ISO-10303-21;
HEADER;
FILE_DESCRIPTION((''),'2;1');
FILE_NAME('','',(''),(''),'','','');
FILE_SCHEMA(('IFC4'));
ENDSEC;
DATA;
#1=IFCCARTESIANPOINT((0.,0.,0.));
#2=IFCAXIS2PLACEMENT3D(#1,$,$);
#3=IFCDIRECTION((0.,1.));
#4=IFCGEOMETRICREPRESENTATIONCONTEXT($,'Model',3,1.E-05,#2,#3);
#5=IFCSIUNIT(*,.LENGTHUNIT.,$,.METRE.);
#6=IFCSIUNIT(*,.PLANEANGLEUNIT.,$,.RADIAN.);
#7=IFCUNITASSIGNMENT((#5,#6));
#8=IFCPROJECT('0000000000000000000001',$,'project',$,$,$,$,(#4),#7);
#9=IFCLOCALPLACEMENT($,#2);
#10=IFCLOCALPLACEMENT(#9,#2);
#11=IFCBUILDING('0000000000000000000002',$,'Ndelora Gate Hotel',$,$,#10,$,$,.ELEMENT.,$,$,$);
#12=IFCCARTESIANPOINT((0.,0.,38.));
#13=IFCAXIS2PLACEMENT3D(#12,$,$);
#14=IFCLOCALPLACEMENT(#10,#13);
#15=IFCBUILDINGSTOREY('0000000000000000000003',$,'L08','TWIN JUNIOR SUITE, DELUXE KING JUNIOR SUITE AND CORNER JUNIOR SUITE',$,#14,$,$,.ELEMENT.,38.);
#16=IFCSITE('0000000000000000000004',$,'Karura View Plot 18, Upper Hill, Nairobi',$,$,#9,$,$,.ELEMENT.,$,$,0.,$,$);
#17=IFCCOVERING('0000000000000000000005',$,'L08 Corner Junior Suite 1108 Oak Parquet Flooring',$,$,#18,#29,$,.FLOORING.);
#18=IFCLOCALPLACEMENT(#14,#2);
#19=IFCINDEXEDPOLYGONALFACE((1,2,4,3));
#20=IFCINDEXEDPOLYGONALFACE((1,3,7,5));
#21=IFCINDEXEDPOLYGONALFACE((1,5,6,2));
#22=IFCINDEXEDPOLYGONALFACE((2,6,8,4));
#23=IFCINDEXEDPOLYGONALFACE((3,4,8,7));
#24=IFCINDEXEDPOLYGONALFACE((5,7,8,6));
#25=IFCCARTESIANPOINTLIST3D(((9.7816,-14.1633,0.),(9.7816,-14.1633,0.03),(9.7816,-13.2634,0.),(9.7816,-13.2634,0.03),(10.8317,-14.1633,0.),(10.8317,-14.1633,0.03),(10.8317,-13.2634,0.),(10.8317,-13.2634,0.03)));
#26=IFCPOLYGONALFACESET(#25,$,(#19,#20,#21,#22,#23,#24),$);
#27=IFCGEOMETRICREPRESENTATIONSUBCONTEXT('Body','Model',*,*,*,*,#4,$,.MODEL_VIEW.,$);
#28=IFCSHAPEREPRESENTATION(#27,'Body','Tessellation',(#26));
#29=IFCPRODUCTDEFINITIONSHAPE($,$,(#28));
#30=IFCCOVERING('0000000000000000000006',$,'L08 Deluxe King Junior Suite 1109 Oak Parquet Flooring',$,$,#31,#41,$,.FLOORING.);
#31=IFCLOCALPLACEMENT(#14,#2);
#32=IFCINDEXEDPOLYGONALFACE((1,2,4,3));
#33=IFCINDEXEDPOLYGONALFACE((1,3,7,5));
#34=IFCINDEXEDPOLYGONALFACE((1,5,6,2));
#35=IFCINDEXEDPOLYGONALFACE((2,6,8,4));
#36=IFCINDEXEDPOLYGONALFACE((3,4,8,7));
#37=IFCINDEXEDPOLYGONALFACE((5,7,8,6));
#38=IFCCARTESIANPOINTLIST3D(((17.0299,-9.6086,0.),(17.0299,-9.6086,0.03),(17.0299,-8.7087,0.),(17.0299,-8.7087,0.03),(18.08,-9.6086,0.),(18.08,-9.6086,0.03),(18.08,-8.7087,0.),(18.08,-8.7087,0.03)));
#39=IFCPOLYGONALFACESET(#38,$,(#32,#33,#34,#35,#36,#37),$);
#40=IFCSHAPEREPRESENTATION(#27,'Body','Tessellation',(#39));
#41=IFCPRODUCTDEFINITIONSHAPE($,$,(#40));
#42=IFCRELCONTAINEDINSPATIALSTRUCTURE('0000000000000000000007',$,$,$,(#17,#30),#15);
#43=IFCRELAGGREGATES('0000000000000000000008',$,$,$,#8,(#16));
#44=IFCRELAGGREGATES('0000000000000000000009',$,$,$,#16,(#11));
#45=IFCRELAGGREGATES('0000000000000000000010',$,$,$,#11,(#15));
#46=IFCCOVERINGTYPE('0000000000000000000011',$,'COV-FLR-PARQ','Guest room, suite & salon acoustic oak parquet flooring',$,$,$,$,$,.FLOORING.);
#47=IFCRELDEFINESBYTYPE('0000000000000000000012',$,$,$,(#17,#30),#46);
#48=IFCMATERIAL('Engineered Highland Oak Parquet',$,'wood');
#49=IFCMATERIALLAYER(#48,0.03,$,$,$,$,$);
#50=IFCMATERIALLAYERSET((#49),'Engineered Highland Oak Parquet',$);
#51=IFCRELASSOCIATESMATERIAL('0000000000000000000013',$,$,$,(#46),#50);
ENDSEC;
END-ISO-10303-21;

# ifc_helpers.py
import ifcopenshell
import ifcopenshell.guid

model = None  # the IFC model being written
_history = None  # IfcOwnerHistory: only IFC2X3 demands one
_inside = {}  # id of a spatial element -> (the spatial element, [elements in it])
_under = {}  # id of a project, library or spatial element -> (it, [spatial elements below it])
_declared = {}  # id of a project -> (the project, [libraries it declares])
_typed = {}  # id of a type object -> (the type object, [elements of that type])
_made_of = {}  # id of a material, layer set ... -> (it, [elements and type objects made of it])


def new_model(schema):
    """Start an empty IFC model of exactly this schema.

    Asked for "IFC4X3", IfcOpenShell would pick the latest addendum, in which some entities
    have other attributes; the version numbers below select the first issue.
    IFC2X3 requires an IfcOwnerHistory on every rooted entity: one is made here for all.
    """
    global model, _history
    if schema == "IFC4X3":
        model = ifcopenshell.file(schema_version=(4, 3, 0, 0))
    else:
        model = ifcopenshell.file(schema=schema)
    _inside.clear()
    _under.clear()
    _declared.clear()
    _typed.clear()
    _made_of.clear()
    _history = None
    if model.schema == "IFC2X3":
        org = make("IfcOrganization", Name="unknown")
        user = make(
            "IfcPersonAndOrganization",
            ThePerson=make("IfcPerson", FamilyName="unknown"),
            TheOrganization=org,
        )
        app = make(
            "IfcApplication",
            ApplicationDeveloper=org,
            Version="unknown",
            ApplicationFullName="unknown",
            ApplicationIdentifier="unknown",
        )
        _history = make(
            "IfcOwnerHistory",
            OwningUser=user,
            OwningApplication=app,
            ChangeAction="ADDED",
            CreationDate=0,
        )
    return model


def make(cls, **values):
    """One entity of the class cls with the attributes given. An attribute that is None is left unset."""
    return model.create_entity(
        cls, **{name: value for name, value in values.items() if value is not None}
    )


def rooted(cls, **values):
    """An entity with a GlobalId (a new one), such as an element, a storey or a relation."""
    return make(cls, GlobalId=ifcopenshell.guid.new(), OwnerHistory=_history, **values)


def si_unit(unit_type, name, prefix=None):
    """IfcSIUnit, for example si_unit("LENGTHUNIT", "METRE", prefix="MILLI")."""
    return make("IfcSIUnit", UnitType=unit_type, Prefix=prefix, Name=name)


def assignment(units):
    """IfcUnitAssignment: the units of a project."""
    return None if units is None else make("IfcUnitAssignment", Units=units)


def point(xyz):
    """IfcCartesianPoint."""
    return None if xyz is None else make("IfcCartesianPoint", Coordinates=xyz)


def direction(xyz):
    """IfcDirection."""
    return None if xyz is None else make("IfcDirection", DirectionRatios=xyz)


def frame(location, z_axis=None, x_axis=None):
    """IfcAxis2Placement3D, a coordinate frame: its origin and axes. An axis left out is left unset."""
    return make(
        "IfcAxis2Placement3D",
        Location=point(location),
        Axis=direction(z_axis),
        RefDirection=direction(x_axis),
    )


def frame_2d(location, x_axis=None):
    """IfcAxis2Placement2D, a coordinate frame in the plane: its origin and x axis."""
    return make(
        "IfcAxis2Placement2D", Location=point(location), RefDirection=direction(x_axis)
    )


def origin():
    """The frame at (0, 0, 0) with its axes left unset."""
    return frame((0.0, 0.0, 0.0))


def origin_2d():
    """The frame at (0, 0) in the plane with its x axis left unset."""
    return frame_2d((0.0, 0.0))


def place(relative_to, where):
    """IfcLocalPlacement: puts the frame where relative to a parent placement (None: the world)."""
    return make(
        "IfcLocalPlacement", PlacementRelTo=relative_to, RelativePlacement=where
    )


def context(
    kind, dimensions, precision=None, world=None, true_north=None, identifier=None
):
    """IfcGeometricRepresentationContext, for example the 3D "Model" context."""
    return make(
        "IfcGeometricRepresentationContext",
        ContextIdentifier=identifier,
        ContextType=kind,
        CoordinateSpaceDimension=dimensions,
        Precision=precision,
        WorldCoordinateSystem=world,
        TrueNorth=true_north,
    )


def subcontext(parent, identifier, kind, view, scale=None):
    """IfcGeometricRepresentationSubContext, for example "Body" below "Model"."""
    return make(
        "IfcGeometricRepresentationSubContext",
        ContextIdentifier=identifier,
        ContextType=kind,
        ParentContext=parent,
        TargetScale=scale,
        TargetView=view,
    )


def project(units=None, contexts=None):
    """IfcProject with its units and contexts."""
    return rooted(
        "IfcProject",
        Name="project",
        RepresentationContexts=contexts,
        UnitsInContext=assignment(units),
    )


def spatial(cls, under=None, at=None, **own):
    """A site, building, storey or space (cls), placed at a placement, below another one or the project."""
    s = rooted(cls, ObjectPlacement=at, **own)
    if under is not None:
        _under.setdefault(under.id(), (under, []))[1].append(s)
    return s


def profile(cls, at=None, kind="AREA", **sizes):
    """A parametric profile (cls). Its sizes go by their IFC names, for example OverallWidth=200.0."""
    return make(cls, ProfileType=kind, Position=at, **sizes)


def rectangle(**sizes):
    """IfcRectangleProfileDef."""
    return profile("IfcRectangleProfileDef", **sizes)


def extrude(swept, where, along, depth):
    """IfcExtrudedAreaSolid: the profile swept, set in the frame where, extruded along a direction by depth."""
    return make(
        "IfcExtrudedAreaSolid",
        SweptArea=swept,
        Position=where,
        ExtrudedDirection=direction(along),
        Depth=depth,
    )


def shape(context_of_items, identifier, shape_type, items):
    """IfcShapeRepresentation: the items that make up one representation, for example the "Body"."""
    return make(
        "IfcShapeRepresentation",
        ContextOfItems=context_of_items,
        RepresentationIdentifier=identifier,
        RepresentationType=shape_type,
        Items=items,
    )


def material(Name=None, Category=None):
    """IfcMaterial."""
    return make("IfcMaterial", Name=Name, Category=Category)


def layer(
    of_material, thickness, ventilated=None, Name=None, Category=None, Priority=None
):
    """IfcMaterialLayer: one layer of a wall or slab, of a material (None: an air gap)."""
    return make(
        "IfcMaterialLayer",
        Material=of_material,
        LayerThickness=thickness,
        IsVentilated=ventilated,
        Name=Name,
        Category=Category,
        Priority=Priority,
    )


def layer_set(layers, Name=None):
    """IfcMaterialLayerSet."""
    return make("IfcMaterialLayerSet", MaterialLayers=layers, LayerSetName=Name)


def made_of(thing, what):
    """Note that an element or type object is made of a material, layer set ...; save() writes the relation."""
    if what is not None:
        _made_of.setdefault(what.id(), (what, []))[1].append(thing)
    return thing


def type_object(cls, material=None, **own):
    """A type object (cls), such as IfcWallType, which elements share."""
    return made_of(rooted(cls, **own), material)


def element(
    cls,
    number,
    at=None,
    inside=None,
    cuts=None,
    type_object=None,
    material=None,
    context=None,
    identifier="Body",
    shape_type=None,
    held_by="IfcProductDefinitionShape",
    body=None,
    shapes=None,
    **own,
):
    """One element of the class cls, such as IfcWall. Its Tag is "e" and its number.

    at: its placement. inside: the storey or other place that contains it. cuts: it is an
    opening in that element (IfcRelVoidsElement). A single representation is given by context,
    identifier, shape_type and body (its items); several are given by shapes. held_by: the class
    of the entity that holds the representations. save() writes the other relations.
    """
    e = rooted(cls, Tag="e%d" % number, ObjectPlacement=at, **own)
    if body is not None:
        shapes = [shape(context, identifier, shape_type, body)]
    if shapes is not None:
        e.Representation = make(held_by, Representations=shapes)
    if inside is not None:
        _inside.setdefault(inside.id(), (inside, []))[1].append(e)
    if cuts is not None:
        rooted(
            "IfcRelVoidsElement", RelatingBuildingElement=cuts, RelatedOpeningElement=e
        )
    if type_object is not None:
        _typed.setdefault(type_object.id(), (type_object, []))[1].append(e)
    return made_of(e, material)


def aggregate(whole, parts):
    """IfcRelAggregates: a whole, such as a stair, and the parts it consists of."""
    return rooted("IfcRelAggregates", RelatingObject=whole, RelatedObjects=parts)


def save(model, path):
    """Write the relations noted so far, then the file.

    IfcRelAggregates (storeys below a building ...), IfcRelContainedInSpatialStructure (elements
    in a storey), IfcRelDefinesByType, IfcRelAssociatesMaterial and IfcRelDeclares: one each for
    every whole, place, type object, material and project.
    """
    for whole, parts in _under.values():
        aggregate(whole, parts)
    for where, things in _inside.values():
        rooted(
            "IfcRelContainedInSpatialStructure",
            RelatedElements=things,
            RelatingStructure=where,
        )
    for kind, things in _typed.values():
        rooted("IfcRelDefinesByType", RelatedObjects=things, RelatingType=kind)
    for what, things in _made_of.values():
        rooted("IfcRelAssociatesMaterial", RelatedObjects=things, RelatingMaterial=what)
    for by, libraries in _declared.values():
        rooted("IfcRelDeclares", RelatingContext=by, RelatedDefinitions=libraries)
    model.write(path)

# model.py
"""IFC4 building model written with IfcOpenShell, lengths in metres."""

from ifc_helpers import new_model, si_unit, direction, frame, origin, origin_2d, place, context, subcontext, project, spatial, rectangle, extrude, material, layer, layer_set, type_object, element, save


model = new_model("IFC4")

# Units and contexts
model_context = context("Model", 3, precision=1e-05, world=origin(), true_north=direction((0.0, 1.0)))
body_context = subcontext(model_context, "Body", "Model", "MODEL_VIEW")
ifc_project = project(units=[si_unit("LENGTHUNIT", "METRE"), si_unit("PLANEANGLEUNIT", "RADIAN")], contexts=[model_context])

# Site, building, storey
site_placement = place(None, origin())
site = spatial("IfcSite", under=ifc_project, at=site_placement, Name="Karura View Plot 18, Upper Hill, Nairobi", CompositionType="ELEMENT", RefElevation=0.0)
building_placement = place(site_placement, origin())
building = spatial("IfcBuilding", under=site, at=building_placement, Name="Ndelora Gate Hotel", CompositionType="ELEMENT")
storey_placement = place(building_placement, frame((0.0, 0.0, 38.0)))
storey = spatial("IfcBuildingStorey", under=building, at=storey_placement, Name="L08", Description="TWIN JUNIOR SUITE, DELUXE KING JUNIOR SUITE AND CORNER JUNIOR SUITE", CompositionType="ELEMENT", Elevation=38.0)

# Coverings
ifc_material_1 = material(Name="Engineered Highland Oak Parquet", Category="wood")
ifc_layer_1 = layer(ifc_material_1, 0.03)
ifc_layer_set_1 = layer_set([ifc_layer_1], Name="Engineered Highland Oak Parquet")
covering_type_1 = type_object("IfcCoveringType", Name="COV-FLR-PARQ", Description="Guest room, suite & salon acoustic oak parquet flooring", PredefinedType="FLOORING", material=ifc_layer_set_1)
for number, where, z_axis, x_axis, name in (
    (1, (10.3066, -13.7134, 0.0), (0.0, 0.0, 1.0), (1.0, 0.0, 0.0), "L08 Corner Junior Suite 1108 Oak Parquet Flooring"),
    (2, (17.5549, -9.1587, 0.0), (0.0, 0.0, 1.0), (1.0, 0.0, 0.0), "L08 Deluxe King Junior Suite 1109 Oak Parquet Flooring"),
):
    element("IfcCovering", number, at=place(storey_placement, frame(where, z_axis=z_axis, x_axis=x_axis)), inside=storey, type_object=covering_type_1, Name=name, PredefinedType="FLOORING", context=body_context, shape_type="SweptSolid", body=[
        extrude(rectangle(XDim=1.05, YDim=0.8999, at=origin_2d()), origin(), (0.0, 0.0, 1.0), 0.03),
    ])

save(model, "model.ifc")
